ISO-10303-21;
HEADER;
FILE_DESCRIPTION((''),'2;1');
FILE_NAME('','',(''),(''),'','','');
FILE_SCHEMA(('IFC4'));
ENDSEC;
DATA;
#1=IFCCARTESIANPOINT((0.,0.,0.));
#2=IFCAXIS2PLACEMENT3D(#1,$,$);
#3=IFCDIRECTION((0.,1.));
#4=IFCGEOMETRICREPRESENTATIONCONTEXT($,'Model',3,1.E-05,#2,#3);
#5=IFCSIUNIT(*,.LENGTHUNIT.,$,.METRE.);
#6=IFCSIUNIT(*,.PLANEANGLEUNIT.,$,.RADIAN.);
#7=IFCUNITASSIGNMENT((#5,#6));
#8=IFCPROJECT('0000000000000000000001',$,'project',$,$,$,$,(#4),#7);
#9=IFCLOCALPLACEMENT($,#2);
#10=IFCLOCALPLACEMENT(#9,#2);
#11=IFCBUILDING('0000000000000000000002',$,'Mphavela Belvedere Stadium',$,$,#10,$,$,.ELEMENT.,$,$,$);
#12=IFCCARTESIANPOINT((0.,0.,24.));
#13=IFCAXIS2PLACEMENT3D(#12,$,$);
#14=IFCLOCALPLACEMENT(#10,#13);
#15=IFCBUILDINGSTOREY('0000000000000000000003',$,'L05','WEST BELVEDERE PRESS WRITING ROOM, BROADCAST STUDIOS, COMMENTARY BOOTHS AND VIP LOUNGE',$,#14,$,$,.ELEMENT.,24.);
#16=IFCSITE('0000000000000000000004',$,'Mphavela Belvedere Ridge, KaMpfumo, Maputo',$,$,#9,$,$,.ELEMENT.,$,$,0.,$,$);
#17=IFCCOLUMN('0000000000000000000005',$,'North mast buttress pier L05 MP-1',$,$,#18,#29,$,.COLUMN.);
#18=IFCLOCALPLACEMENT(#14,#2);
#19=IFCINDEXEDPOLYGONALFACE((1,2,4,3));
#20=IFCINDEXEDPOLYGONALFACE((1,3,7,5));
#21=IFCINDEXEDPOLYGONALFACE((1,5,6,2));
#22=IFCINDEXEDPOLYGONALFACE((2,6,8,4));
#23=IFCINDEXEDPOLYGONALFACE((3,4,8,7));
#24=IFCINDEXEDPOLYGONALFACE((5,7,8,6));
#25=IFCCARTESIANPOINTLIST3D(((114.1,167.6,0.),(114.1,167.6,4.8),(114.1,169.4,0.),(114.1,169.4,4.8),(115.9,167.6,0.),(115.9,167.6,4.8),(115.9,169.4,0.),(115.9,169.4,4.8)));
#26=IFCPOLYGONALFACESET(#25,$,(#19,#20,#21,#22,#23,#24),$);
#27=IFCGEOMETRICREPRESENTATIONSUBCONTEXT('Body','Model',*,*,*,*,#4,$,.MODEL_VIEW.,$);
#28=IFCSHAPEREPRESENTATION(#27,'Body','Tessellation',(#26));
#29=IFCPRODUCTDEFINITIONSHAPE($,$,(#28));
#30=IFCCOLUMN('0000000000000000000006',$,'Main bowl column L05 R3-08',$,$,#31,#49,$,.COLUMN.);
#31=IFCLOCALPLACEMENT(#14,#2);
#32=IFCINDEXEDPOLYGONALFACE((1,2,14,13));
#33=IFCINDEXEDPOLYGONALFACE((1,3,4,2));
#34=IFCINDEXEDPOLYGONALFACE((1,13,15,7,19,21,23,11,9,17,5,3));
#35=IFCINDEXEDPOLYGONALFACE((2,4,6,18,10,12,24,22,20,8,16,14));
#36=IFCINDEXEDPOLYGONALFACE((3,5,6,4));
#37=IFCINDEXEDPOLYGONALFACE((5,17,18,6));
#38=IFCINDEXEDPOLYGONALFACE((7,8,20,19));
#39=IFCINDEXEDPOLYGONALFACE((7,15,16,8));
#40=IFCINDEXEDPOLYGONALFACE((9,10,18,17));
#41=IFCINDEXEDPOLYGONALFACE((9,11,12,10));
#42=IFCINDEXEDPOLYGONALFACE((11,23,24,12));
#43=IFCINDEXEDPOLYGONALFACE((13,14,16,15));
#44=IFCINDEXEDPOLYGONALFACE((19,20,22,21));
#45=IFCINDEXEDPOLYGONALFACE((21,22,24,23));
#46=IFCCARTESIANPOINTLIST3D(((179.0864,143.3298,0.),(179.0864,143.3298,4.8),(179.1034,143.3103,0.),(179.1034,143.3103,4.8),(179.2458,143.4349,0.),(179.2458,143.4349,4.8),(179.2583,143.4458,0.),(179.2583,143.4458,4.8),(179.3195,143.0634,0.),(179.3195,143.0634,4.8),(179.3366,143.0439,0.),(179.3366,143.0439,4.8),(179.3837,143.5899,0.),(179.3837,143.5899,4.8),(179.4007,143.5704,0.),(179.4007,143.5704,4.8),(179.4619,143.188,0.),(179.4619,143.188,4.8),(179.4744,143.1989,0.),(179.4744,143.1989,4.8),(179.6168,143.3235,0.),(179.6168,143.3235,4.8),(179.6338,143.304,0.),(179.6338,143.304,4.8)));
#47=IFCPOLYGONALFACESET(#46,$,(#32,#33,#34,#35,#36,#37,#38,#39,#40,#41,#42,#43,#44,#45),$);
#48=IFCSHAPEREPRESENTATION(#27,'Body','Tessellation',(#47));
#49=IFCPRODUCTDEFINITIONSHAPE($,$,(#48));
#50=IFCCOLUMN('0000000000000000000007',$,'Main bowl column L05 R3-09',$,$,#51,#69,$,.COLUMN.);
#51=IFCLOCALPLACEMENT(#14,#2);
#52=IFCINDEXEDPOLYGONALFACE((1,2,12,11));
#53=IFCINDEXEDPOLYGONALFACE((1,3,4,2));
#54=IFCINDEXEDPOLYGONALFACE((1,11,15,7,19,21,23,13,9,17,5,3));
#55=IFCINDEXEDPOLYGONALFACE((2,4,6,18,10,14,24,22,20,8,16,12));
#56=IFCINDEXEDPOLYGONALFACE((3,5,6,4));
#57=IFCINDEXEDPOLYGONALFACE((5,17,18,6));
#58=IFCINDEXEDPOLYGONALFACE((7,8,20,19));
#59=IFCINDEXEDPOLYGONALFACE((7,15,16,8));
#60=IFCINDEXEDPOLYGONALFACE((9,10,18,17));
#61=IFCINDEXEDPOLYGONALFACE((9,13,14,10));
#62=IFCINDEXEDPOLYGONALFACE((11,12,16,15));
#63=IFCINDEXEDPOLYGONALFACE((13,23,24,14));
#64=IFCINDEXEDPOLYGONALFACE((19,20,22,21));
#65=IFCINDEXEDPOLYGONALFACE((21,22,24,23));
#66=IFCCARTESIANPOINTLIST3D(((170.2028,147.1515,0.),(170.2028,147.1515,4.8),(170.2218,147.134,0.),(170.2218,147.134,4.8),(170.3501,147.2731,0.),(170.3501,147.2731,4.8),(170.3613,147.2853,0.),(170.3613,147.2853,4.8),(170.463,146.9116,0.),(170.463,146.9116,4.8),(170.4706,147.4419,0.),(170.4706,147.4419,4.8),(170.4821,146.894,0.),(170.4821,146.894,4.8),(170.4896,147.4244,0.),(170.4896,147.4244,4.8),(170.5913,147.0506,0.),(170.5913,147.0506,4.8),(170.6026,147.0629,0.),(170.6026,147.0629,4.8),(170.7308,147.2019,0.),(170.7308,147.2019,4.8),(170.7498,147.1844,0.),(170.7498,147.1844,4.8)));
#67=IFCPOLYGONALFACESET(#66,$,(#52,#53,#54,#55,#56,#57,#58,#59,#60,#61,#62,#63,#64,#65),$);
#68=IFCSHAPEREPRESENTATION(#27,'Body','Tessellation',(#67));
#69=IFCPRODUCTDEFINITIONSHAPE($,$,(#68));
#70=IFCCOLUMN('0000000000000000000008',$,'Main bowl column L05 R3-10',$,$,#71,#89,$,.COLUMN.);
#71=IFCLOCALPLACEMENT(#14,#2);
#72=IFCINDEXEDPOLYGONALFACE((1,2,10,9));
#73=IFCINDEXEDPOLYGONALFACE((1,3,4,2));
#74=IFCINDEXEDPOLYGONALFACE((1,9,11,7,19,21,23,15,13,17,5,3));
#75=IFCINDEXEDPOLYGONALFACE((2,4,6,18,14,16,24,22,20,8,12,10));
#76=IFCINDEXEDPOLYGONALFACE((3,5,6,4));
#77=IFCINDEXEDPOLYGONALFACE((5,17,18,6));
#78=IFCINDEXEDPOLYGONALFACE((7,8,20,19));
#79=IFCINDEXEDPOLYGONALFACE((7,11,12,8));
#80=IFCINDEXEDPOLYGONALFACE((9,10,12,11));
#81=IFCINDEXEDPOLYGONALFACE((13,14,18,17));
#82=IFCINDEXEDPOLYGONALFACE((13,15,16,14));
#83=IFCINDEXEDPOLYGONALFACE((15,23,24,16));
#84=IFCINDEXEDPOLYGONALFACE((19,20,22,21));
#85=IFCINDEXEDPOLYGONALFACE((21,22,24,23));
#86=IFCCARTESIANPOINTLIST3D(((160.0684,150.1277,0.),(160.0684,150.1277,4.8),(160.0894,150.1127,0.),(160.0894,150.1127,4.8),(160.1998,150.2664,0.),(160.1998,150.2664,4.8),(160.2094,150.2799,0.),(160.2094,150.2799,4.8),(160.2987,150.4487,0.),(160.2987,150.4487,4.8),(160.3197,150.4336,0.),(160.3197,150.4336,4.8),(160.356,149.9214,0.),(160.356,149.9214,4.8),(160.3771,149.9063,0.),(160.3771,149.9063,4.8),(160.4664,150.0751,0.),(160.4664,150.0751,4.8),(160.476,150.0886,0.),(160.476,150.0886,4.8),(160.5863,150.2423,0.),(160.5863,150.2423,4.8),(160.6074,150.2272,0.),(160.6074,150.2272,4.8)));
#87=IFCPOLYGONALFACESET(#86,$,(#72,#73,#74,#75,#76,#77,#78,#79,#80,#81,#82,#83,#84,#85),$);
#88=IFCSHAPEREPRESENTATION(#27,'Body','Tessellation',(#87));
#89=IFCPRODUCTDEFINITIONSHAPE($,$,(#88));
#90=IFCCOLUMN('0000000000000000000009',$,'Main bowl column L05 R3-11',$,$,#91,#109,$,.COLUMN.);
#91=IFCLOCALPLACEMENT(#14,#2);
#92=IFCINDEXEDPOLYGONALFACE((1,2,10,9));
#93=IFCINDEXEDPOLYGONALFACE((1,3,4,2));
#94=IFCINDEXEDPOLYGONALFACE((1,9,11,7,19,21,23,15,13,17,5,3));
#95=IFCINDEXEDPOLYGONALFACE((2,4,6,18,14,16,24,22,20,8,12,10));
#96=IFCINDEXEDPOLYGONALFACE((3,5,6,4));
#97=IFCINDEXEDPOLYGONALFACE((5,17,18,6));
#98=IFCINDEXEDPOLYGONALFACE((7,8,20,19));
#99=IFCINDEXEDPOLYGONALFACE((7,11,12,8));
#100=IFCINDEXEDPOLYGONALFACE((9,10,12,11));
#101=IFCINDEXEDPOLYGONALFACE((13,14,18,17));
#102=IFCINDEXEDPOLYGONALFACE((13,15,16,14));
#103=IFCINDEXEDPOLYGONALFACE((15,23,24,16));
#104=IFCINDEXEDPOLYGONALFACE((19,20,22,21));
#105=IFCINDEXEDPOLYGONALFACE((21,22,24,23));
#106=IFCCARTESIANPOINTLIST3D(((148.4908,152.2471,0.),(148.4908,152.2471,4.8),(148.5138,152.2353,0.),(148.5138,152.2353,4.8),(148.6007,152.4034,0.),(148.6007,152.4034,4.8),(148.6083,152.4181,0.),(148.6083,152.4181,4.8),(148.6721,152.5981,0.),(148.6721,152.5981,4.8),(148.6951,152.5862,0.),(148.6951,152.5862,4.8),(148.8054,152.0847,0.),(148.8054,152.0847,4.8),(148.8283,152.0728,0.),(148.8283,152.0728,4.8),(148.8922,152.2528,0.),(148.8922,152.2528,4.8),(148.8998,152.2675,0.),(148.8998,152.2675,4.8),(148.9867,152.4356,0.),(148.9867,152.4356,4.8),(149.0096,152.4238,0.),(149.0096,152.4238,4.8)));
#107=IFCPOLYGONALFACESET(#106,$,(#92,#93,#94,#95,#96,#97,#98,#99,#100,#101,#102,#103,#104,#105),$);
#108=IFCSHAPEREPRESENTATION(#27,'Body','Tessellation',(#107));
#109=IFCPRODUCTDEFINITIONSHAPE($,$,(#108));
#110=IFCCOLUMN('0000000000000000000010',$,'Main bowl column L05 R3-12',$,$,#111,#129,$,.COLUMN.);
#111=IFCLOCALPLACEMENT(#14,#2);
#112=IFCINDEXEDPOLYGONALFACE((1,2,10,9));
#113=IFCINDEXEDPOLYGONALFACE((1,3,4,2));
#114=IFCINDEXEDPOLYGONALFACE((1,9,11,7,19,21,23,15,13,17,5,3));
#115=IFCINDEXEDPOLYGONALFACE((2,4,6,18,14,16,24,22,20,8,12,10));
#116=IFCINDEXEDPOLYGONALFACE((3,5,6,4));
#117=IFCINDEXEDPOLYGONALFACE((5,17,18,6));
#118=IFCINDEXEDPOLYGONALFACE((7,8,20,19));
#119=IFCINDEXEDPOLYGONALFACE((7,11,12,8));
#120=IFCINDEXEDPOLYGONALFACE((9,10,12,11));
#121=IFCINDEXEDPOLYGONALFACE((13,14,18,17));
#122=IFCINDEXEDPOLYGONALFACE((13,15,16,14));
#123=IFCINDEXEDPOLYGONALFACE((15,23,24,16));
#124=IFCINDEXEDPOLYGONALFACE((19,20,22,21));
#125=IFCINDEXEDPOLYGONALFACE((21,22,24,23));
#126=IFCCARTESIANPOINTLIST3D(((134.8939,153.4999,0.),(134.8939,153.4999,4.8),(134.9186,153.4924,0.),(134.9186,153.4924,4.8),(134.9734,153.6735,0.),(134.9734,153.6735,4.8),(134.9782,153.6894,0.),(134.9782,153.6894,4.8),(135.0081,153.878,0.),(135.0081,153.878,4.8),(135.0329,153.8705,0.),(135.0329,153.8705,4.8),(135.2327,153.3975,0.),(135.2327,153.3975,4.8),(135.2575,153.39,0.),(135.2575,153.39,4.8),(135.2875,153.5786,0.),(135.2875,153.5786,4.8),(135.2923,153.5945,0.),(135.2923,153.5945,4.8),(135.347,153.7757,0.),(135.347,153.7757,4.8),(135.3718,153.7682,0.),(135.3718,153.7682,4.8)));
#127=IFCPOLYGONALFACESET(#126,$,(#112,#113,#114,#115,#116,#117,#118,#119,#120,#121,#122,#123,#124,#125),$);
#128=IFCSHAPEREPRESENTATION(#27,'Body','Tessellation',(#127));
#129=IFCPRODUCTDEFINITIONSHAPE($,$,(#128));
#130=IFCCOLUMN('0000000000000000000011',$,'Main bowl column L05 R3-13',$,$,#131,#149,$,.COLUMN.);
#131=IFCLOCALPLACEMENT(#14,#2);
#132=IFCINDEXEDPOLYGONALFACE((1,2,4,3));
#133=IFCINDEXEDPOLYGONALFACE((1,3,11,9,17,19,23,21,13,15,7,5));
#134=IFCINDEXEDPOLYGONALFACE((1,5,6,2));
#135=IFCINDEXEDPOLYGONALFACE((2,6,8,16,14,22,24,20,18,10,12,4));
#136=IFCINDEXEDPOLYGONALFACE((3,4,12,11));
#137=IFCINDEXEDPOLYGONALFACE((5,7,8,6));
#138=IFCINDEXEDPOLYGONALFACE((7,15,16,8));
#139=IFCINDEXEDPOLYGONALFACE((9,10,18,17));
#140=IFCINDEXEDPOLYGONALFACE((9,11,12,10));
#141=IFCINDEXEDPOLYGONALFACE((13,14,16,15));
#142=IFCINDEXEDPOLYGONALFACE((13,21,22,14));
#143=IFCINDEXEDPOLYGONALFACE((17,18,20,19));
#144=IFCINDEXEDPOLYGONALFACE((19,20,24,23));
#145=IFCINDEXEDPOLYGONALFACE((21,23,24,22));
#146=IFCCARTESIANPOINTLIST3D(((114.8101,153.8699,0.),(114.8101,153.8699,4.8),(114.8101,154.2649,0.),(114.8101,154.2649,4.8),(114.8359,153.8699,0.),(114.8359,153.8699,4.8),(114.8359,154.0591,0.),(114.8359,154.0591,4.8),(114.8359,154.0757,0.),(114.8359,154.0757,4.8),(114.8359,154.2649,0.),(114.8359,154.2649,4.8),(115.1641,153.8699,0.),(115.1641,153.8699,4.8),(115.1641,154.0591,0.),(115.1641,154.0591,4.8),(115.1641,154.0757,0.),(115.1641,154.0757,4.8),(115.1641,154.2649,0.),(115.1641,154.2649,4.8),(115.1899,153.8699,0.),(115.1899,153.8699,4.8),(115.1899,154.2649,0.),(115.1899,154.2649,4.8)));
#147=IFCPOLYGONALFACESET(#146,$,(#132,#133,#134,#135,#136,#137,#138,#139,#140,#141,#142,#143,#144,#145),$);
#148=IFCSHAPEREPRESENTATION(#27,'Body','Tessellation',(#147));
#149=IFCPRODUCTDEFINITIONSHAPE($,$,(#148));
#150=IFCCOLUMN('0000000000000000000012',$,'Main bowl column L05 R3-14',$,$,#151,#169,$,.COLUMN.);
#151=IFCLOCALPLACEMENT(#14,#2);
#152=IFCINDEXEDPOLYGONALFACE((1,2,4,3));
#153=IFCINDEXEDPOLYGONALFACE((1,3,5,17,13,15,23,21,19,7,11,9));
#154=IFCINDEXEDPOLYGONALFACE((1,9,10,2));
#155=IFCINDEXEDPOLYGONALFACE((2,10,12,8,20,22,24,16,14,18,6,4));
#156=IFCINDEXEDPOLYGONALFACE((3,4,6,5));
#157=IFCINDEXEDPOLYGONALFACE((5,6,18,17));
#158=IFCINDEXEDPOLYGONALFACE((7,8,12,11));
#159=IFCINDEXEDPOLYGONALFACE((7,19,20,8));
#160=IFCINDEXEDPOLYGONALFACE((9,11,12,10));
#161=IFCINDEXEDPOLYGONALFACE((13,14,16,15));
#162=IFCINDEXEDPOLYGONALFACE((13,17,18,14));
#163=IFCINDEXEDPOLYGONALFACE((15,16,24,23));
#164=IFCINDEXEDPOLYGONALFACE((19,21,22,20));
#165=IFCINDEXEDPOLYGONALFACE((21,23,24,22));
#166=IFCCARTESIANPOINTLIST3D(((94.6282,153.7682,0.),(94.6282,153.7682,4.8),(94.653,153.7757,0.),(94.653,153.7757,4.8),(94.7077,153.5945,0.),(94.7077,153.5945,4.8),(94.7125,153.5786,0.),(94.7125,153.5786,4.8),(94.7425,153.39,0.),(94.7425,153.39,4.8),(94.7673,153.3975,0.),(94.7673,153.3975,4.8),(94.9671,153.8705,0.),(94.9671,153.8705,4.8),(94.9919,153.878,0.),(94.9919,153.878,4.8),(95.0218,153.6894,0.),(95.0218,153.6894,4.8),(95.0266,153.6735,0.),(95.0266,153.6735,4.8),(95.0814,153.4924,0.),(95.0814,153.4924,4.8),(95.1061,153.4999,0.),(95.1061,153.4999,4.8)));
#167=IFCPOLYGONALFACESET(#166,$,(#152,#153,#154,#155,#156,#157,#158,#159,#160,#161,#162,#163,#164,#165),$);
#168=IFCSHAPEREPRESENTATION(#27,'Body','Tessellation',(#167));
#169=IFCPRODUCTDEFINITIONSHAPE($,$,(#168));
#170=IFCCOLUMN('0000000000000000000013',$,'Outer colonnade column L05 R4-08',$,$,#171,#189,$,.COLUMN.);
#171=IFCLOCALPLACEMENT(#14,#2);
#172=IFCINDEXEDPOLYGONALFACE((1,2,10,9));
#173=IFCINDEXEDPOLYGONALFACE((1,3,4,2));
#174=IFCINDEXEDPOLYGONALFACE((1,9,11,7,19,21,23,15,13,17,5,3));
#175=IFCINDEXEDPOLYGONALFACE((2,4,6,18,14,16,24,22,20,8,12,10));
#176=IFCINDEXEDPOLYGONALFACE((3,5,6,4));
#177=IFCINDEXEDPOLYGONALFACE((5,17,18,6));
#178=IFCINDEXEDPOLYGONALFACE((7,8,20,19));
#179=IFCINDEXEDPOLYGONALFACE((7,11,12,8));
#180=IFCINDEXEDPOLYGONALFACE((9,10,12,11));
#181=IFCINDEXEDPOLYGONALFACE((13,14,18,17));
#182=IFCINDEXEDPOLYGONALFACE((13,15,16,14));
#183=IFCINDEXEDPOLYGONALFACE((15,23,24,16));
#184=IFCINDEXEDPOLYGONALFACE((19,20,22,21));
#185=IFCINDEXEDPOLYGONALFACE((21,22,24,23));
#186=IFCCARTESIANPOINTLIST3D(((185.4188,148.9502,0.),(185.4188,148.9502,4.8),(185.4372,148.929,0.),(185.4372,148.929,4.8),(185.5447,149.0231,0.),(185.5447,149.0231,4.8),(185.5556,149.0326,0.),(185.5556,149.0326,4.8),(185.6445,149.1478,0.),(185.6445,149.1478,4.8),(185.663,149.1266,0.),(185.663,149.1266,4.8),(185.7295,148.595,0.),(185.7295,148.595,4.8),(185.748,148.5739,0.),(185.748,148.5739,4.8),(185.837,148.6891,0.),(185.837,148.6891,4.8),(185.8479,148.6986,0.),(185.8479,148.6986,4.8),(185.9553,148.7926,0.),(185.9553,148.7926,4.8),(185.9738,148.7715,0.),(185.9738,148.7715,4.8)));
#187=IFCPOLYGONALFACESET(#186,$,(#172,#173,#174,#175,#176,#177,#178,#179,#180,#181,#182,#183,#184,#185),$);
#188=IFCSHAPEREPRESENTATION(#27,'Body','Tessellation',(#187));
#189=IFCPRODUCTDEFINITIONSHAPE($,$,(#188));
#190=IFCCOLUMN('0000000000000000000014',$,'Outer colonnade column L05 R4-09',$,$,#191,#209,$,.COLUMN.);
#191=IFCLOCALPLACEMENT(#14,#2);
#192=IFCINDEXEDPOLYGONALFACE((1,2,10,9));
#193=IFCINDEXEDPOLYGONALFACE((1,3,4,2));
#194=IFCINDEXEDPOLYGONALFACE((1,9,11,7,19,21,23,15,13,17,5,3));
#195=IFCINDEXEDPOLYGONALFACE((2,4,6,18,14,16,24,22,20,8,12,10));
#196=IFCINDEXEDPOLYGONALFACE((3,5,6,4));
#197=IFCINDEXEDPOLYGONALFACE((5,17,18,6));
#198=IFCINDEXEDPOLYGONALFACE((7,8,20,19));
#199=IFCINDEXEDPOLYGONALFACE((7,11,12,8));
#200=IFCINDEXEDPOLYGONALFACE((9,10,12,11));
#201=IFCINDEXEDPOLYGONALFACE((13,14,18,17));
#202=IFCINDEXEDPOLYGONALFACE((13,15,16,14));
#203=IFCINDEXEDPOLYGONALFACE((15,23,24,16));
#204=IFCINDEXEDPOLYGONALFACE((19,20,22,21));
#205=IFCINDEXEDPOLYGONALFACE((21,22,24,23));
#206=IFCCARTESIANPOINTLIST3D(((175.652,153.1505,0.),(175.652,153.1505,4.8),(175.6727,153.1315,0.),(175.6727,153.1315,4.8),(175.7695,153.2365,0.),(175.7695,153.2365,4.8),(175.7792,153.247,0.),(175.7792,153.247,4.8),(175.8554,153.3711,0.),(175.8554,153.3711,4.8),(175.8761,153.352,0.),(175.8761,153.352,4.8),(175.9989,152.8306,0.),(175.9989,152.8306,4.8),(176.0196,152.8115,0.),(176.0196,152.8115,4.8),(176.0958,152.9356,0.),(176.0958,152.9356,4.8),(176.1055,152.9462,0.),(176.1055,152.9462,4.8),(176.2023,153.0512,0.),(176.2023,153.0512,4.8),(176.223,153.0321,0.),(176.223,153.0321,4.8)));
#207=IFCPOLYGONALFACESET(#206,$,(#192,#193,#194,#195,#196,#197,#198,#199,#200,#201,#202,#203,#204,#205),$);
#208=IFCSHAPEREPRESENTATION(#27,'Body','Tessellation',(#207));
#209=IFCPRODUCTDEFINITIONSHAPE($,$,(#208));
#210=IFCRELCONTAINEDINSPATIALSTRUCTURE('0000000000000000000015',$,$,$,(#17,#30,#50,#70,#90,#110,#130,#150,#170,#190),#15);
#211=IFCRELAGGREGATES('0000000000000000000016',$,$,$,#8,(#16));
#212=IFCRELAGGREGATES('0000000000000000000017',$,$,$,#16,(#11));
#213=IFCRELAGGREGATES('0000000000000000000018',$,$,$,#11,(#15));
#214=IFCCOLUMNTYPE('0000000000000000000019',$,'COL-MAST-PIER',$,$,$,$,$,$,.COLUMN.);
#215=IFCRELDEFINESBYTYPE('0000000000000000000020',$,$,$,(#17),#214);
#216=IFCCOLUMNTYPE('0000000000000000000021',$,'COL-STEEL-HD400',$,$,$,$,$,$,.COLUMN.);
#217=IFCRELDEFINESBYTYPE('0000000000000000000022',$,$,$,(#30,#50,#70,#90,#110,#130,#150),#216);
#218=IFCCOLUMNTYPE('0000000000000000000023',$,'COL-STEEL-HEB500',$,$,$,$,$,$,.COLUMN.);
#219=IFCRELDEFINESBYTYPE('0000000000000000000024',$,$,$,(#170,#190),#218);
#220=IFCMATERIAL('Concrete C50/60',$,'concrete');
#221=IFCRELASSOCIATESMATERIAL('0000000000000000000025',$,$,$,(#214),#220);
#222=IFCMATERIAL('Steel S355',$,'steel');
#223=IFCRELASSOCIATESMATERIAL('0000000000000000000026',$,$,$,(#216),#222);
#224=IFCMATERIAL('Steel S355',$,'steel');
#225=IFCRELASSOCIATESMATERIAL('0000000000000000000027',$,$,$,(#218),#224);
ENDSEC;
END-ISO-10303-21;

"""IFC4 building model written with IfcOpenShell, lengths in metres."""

from ifc_helpers import new_model, si_unit, direction, frame, origin, origin_2d, place, context, subcontext, project, spatial, rectangle, i_section, extrude, material, material_profile, profile_set, type_object, element, save


model = new_model("IFC4")

# Units and contexts
model_context = context("Model", 3, precision=1e-05, world=origin(), true_north=direction((0.0, 1.0)))
body_context = subcontext(model_context, "Body", "Model", "MODEL_VIEW")
ifc_project = project(units=[si_unit("LENGTHUNIT", "METRE"), si_unit("PLANEANGLEUNIT", "RADIAN")], contexts=[model_context])

# Site, building, storey
site_placement = place(None, origin())
site = spatial("IfcSite", under=ifc_project, at=site_placement, Name="Mphavela Belvedere Ridge, KaMpfumo, Maputo", CompositionType="ELEMENT", RefElevation=0.0)
building_placement = place(site_placement, origin())
building = spatial("IfcBuilding", under=site, at=building_placement, Name="Mphavela Belvedere Stadium", CompositionType="ELEMENT")
storey_placement = place(building_placement, frame((0.0, 0.0, 24.0)))
storey = spatial("IfcBuildingStorey", under=building, at=storey_placement, Name="L05", Description="WEST BELVEDERE PRESS WRITING ROOM, BROADCAST STUDIOS, COMMENTARY BOOTHS AND VIP LOUNGE", CompositionType="ELEMENT", Elevation=24.0)

# Columns
ifc_material_1 = material(Name="Concrete C50/60", Category="concrete")
ifc_material_profile_1 = material_profile(ifc_material_1, rectangle(XDim=1.8, YDim=1.8, at=origin_2d()), Name="RC 1800x1800")
ifc_profile_set_1 = profile_set([ifc_material_profile_1], Name="Concrete C50/60")
column_type_1 = type_object("IfcColumnType", Name="COL-MAST-PIER", PredefinedType="COLUMN", material=ifc_profile_set_1)
column_placement = place(storey_placement, frame((115.0, 168.5, 0.0), z_axis=(0.0, 0.0, 1.0), x_axis=(1.0, 0.0, 0.0)))
element("IfcColumn", 1, at=column_placement, inside=storey, type_object=column_type_1, Name="North mast buttress pier L05 MP-1", PredefinedType="COLUMN", context=body_context, shape_type="SweptSolid", body=[
    extrude(rectangle(XDim=1.8, YDim=1.8, at=origin_2d()), origin(), (0.0, 0.0, 1.0), 4.8),
])
ifc_material_2 = material(Name="Steel S355", Category="steel")
ifc_material_profile_2 = material_profile(ifc_material_2, i_section(OverallWidth=0.395, OverallDepth=0.3799, WebThickness=0.0166, FlangeThickness=0.0259, at=origin_2d()), Name="HD 400x237")
ifc_profile_set_2 = profile_set([ifc_material_profile_2], Name="Steel S355")
column_type_2 = type_object("IfcColumnType", Name="COL-STEEL-HD400", PredefinedType="COLUMN", material=ifc_profile_set_2)
for number, where, z_axis, x_axis, name in (
    (2, (179.3601, 143.3169, 0.0), (0.0, 0.0, 1.0), (0.75253, 0.658558, 0.0), "Main bowl column L05 R3-08"),
    (3, (170.4763, 147.168, 0.0), (0.0, 0.0, 1.0), (0.677903, 0.735151, 0.0), "Main bowl column L05 R3-09"),
    (4, (160.3379, 150.1775, 0.0), (0.0, 0.0, 1.0), (0.582974, 0.812491, 0.0), "Main bowl column L05 R3-10"),
    (5, (148.7502, 152.3354, 0.0), (0.0, 0.0, 1.0), (0.45896, 0.888457, 0.0), "Main bowl column L05 R3-11"),
    (6, (135.1328, 153.634, 0.0), (0.0, 0.0, 1.0), (0.289199, 0.957269, 0.0), "Main bowl column L05 R3-12"),
    (7, (115.0, 154.0674, 0.0), (0.0, 0.0, 1.0), (0.0, 1.0, 0.0), "Main bowl column L05 R3-13"),
    (8, (94.8672, 153.634, 0.0), (0.0, 0.0, 1.0), (-0.289199, 0.957269, 0.0), "Main bowl column L05 R3-14"),
):
    element("IfcColumn", number, at=place(storey_placement, frame(where, z_axis=z_axis, x_axis=x_axis)), inside=storey, type_object=column_type_2, Name=name, PredefinedType="COLUMN", context=body_context, shape_type="SweptSolid", body=[
        extrude(i_section(OverallWidth=0.395, OverallDepth=0.3799, WebThickness=0.0166, FlangeThickness=0.0259, at=origin_2d()), origin(), (0.0, 0.0, 1.0), 4.8),
    ])
ifc_material_3 = material(Name="Steel S355", Category="steel")
ifc_material_profile_3 = material_profile(ifc_material_3, i_section(OverallWidth=0.3, OverallDepth=0.5, WebThickness=0.0144, FlangeThickness=0.0281, at=origin_2d()), Name="HEB 500")
ifc_profile_set_3 = profile_set([ifc_material_profile_3], Name="Steel S355")
column_type_3 = type_object("IfcColumnType", Name="COL-STEEL-HEB500", PredefinedType="COLUMN", material=ifc_profile_set_3)
for number, where, z_axis, x_axis, name in (
    (9, (185.6963, 148.8608, 0.0), (0.0, 0.0, 1.0), (0.75253, 0.658558, 0.0), "Outer colonnade column L05 R4-08"),
    (10, (175.9375, 153.0913, 0.0), (0.0, 0.0, 1.0), (0.677903, 0.735151, 0.0), "Outer colonnade column L05 R4-09"),
):
    element("IfcColumn", number, at=place(storey_placement, frame(where, z_axis=z_axis, x_axis=x_axis)), inside=storey, type_object=column_type_3, Name=name, PredefinedType="COLUMN", context=body_context, shape_type="SweptSolid", body=[
        extrude(i_section(OverallWidth=0.3, OverallDepth=0.5, WebThickness=0.0144, FlangeThickness=0.0281, at=origin_2d()), origin(), (0.0, 0.0, 1.0), 4.8),
    ])

save(model, "model.ifc")
